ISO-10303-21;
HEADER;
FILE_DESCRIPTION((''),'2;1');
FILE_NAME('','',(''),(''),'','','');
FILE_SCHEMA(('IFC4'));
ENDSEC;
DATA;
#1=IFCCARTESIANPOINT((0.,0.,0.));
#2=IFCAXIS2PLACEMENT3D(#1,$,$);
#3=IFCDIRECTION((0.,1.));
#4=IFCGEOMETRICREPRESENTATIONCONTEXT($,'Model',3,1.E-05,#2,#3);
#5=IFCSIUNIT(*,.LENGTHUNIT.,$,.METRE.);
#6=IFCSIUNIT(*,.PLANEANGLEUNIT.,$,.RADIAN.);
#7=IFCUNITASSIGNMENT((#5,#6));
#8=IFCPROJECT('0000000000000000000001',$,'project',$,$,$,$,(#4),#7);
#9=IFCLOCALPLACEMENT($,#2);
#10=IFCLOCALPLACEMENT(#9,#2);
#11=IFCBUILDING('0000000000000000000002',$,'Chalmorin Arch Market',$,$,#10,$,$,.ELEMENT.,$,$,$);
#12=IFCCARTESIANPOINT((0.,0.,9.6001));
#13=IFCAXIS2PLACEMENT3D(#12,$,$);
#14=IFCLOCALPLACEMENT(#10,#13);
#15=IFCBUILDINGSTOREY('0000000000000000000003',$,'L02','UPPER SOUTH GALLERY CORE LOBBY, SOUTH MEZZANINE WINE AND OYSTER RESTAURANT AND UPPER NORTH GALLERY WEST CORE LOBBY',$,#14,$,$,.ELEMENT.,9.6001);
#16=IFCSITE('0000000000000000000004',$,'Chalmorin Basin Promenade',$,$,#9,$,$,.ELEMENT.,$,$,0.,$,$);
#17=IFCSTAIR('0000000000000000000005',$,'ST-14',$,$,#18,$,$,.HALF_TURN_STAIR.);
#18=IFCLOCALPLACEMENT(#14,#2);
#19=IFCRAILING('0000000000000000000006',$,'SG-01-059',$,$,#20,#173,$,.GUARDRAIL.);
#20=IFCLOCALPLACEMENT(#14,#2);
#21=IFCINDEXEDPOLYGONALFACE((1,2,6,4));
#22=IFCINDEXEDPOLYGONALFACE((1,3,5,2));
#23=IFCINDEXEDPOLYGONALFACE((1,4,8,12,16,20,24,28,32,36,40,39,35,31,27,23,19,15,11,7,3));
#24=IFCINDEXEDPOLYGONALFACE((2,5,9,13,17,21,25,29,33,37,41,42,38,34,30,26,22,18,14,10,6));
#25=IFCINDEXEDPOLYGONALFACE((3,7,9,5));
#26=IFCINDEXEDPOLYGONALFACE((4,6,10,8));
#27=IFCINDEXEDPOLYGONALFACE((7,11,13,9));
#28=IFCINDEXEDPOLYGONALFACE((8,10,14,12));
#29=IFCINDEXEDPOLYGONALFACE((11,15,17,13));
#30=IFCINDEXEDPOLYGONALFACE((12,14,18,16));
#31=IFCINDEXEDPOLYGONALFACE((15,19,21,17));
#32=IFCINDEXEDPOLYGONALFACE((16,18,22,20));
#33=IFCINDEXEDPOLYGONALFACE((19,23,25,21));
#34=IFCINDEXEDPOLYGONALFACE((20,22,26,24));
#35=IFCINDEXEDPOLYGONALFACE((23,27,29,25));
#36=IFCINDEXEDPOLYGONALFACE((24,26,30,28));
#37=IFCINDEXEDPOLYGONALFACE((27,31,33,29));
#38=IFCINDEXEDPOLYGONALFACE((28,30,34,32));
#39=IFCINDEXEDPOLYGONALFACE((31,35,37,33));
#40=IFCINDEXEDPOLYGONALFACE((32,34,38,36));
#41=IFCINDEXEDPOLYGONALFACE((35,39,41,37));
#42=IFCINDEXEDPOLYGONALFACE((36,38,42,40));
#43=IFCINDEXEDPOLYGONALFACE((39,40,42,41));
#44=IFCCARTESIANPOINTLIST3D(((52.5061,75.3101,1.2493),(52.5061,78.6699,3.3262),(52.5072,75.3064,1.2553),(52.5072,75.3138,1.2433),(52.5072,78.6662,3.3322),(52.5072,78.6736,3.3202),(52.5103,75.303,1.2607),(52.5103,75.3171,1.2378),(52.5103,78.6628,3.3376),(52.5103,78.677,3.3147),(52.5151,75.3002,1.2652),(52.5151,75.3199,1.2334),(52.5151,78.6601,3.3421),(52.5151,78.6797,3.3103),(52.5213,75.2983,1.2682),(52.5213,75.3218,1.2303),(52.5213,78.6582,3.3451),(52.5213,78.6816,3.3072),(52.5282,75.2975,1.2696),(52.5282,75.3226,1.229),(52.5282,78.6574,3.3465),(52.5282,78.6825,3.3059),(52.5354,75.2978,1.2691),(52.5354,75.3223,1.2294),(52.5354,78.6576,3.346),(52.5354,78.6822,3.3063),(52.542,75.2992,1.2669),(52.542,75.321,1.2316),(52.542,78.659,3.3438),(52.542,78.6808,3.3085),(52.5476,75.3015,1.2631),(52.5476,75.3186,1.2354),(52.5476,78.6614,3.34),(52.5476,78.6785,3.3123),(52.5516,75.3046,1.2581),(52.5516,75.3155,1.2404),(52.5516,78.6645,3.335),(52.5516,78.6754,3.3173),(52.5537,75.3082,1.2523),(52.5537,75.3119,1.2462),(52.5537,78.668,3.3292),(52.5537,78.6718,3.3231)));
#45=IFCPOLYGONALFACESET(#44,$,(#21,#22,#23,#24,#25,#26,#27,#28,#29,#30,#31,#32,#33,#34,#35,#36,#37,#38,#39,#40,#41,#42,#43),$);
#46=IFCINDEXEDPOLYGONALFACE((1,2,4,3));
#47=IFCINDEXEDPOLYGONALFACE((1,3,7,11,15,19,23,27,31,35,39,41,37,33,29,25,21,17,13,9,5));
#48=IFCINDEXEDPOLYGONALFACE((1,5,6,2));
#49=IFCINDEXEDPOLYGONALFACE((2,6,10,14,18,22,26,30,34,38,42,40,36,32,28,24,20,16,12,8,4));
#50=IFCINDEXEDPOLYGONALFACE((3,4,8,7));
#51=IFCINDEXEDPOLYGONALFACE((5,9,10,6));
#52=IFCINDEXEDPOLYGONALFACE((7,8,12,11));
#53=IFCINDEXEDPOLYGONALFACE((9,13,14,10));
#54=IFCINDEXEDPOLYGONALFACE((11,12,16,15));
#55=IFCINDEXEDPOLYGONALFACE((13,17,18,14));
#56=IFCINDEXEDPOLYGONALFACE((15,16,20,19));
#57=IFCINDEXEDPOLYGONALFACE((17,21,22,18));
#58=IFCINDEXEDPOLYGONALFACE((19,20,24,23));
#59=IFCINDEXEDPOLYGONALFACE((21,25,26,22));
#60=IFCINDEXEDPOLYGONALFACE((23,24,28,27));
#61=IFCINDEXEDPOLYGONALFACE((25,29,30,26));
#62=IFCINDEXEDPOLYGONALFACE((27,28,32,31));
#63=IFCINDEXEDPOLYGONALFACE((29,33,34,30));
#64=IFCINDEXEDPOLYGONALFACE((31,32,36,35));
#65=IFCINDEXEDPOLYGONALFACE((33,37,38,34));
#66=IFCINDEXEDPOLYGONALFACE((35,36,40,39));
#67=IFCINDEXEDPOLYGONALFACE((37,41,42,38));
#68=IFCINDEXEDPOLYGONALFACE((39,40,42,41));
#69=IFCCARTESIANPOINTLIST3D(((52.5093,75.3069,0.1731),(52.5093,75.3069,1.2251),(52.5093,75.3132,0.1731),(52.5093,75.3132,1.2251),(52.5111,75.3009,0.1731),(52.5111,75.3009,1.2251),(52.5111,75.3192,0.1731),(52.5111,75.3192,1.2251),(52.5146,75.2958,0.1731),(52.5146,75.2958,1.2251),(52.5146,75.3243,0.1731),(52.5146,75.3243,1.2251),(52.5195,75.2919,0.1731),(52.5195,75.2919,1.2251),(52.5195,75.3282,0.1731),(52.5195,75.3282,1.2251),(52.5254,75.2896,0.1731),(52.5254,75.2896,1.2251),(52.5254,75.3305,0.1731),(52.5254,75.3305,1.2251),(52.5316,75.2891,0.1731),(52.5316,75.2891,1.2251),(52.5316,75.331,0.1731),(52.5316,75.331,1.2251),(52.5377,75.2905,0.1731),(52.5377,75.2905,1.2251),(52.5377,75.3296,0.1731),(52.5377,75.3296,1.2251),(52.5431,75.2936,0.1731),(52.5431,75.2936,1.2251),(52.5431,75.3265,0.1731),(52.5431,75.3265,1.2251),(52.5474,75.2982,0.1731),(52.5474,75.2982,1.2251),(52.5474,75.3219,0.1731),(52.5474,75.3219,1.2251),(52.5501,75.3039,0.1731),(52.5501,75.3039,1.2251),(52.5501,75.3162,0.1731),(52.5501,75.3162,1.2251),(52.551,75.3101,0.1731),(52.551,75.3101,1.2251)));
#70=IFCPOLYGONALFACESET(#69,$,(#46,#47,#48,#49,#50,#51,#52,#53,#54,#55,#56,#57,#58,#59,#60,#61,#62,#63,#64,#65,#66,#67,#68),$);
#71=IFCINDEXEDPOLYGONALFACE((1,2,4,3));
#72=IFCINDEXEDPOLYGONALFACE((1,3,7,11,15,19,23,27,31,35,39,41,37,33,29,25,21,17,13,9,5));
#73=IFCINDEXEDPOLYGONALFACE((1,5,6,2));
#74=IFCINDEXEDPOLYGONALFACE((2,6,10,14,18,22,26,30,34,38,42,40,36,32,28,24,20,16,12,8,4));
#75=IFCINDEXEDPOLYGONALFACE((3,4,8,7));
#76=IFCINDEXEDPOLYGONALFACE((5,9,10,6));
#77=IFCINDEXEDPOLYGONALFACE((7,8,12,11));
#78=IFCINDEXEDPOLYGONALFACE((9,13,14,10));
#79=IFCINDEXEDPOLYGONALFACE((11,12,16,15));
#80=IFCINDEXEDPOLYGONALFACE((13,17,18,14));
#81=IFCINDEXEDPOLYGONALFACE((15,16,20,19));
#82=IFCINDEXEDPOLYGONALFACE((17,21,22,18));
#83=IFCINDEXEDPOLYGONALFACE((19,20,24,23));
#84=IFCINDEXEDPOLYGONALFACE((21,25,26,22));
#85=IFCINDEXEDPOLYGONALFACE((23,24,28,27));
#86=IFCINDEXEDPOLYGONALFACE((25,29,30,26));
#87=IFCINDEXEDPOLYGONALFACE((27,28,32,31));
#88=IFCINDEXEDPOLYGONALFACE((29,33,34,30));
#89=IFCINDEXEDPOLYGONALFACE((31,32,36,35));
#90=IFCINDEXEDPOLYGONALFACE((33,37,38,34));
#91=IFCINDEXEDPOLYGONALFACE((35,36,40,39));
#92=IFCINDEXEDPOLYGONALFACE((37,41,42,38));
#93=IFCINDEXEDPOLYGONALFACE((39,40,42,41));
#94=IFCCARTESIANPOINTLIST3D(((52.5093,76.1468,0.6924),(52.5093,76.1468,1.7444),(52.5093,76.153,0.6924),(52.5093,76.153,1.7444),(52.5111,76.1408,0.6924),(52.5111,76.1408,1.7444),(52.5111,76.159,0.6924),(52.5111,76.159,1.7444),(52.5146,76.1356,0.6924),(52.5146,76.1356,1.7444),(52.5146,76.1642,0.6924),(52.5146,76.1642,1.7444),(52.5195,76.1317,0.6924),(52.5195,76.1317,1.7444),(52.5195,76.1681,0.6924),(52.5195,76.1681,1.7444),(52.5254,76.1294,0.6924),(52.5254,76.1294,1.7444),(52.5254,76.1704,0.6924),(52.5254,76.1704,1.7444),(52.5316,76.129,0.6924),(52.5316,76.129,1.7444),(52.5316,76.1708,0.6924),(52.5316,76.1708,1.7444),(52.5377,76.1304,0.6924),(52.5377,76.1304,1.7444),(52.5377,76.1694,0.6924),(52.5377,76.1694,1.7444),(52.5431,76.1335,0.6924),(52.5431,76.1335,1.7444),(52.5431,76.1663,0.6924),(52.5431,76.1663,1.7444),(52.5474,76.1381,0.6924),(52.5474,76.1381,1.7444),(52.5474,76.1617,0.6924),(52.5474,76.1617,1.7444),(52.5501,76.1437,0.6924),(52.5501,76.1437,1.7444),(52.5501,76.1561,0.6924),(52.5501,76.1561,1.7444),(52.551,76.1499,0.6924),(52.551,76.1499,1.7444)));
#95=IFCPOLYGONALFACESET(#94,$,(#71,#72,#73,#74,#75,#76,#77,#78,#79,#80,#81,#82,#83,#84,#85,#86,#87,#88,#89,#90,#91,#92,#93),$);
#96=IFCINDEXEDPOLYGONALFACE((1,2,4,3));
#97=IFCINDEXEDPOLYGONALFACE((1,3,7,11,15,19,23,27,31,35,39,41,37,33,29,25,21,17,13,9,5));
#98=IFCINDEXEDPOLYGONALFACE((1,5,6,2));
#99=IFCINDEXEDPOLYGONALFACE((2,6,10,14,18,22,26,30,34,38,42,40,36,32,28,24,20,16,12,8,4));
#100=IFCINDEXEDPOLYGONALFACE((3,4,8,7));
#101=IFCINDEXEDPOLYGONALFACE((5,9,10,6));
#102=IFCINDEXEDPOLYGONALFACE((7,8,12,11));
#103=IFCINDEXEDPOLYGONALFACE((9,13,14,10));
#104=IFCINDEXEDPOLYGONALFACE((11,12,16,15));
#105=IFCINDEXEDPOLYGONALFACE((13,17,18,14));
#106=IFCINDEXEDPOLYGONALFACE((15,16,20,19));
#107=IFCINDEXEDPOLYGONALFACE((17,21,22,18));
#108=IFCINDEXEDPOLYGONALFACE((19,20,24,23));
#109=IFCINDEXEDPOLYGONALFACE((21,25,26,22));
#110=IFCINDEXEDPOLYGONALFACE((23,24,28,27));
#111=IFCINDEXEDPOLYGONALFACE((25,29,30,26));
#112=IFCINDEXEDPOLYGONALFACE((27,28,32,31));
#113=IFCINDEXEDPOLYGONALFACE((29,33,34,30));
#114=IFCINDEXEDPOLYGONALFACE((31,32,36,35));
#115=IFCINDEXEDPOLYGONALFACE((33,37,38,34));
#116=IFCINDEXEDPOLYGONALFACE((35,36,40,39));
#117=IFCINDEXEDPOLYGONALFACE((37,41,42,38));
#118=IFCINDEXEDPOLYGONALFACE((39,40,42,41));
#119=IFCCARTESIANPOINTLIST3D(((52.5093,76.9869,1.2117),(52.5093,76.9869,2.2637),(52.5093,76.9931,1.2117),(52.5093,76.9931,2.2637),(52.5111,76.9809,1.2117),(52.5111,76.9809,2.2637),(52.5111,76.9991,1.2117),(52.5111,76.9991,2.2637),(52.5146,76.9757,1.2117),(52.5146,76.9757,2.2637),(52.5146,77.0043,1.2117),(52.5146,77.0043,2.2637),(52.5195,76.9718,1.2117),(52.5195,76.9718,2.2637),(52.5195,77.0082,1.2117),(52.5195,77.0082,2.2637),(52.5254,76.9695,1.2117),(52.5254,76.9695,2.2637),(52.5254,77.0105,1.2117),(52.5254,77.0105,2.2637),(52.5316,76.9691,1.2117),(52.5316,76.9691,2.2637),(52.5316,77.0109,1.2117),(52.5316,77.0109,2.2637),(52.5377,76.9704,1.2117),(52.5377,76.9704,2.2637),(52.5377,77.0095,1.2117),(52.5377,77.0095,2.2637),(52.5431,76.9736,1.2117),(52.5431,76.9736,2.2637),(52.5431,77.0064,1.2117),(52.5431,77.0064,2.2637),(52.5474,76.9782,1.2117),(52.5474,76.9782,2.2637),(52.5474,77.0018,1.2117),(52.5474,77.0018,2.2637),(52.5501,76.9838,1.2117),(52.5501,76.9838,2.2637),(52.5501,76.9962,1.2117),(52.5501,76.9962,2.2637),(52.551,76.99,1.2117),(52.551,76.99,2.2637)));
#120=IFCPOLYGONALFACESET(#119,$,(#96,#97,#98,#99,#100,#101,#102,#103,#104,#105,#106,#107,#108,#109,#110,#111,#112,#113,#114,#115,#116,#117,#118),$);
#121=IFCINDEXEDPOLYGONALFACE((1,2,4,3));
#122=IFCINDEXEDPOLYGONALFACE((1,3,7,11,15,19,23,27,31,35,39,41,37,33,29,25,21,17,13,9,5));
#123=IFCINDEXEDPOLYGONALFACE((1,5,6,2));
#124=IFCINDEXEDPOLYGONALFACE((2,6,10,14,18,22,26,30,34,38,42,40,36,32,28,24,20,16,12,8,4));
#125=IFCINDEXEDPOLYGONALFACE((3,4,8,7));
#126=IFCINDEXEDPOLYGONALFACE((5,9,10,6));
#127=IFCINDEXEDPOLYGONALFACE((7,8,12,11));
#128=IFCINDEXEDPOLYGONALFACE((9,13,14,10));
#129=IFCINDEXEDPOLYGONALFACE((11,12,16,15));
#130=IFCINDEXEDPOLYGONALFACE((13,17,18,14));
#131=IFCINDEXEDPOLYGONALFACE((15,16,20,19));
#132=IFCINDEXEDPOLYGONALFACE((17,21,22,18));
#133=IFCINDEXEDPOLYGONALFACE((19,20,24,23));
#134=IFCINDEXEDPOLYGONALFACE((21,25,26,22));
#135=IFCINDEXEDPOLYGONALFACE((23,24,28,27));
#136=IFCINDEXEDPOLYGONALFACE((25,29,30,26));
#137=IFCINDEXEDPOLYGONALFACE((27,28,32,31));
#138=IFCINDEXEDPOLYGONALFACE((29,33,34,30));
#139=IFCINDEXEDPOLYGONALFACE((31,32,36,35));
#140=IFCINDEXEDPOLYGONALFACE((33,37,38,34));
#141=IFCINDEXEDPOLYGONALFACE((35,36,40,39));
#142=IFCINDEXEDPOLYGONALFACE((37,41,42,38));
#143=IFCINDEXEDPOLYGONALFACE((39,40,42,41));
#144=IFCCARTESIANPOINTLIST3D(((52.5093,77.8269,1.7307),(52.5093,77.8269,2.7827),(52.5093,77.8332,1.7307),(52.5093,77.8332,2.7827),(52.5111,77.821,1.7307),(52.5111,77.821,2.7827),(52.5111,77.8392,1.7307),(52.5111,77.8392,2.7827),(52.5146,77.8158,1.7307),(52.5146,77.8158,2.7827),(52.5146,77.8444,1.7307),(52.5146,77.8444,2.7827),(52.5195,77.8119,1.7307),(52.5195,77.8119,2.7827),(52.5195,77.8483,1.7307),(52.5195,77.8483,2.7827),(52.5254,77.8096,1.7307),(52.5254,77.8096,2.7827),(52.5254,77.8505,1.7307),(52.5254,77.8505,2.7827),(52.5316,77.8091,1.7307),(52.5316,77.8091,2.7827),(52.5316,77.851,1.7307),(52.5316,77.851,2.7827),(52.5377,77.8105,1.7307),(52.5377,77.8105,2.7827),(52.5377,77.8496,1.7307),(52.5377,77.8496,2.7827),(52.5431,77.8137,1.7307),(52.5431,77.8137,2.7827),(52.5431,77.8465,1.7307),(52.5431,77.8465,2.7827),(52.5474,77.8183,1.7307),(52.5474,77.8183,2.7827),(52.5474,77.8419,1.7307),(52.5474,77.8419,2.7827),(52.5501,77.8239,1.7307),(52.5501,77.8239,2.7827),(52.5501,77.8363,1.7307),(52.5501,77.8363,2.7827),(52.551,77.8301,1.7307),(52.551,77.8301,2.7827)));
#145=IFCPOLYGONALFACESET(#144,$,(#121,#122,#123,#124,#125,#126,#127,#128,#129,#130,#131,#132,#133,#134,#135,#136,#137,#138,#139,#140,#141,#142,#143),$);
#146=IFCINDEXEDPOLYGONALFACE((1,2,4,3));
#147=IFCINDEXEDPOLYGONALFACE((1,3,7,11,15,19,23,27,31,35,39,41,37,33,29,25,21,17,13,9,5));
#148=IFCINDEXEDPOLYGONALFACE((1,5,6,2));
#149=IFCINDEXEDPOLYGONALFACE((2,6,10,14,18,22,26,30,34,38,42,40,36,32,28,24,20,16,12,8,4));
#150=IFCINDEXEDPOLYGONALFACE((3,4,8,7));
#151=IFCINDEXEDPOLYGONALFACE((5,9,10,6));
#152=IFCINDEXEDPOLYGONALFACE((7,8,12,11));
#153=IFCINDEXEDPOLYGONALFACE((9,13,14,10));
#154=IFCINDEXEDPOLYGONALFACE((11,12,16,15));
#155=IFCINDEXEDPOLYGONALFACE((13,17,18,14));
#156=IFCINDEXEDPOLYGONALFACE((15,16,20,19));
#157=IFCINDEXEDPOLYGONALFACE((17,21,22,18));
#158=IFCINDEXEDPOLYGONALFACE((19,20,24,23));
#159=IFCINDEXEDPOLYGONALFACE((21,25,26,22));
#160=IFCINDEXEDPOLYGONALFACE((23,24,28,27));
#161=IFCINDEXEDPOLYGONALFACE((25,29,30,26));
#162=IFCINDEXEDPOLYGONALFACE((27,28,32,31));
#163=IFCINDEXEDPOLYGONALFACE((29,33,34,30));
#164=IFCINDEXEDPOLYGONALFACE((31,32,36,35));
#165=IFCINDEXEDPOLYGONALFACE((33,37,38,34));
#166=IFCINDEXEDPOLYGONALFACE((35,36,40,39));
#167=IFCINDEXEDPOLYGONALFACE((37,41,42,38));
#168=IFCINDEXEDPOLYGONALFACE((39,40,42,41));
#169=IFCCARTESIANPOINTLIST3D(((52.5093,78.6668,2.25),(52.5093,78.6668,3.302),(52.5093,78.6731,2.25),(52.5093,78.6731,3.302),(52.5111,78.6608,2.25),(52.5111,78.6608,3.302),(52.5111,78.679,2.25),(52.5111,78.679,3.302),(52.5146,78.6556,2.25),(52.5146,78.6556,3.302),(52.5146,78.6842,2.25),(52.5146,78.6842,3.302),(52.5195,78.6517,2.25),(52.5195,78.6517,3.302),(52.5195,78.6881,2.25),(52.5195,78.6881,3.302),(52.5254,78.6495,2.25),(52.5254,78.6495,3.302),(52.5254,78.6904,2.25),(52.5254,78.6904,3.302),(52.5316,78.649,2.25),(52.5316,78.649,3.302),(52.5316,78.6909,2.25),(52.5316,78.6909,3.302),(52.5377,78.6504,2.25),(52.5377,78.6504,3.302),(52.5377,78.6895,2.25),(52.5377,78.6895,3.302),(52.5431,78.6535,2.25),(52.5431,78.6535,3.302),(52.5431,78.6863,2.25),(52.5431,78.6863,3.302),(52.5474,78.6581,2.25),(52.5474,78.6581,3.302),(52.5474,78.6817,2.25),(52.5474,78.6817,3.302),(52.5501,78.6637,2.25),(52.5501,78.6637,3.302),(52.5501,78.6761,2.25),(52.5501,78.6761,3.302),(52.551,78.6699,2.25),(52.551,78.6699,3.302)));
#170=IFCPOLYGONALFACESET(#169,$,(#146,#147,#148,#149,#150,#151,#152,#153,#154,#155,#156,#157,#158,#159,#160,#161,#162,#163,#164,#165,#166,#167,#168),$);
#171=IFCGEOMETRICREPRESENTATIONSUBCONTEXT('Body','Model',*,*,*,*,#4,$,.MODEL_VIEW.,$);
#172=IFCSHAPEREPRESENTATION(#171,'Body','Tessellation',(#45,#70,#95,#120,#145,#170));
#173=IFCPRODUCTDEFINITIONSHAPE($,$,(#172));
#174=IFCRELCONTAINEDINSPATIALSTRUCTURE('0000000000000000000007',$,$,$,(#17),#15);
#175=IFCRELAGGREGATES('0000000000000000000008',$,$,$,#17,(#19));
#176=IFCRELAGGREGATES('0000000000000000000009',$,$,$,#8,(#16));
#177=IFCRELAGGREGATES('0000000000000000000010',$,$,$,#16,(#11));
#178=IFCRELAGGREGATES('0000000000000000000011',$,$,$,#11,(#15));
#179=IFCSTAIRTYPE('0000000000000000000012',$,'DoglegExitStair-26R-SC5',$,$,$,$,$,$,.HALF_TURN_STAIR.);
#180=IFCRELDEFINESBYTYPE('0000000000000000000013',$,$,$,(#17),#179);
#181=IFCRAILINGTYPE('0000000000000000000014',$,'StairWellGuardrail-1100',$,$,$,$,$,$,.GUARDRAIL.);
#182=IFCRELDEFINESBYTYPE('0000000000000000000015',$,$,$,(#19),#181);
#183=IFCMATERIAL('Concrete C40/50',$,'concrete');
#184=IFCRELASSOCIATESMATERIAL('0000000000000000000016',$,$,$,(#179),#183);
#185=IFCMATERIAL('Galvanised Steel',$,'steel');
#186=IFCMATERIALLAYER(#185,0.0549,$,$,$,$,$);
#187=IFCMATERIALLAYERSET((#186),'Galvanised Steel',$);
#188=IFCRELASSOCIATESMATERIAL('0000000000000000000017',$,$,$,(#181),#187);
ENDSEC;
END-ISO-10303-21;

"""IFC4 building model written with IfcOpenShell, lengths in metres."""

from ifc_helpers import new_model, si_unit, direction, frame, origin, origin_2d, place, context, subcontext, project, spatial, circle, extrude, material, layer, layer_set, type_object, element, aggregate, save


model = new_model("IFC4")

# Units and contexts
model_context = context("Model", 3, precision=1e-05, world=origin(), true_north=direction((0.0, 1.0)))
body_context = subcontext(model_context, "Body", "Model", "MODEL_VIEW")
ifc_project = project(units=[si_unit("LENGTHUNIT", "METRE"), si_unit("PLANEANGLEUNIT", "RADIAN")], contexts=[model_context])

# Site, building, storey
site_placement = place(None, origin())
site = spatial("IfcSite", under=ifc_project, at=site_placement, Name="Chalmorin Basin Promenade", CompositionType="ELEMENT", RefElevation=0.0)
building_placement = place(site_placement, origin())
building = spatial("IfcBuilding", under=site, at=building_placement, Name="Chalmorin Arch Market", CompositionType="ELEMENT")
storey_placement = place(building_placement, frame((0.0, 0.0, 9.6001)))
storey = spatial("IfcBuildingStorey", under=building, at=storey_placement, Name="L02", Description="UPPER SOUTH GALLERY CORE LOBBY, SOUTH MEZZANINE WINE AND OYSTER RESTAURANT AND UPPER NORTH GALLERY WEST CORE LOBBY", CompositionType="ELEMENT", Elevation=9.6001)

# Shared definitions
ifc_material_1 = material(Name="Concrete C40/50", Category="concrete")

# Shared definitions
ifc_material_2 = material(Name="Galvanised Steel", Category="steel")

# Stair, railing
stair_type = type_object("IfcStairType", Name="DoglegExitStair-26R-SC5", PredefinedType="HALF_TURN_STAIR", material=ifc_material_1)
stair_placement = place(storey_placement, origin())
stair = element("IfcStair", 1, at=stair_placement, inside=storey, type_object=stair_type, Name="ST-14", PredefinedType="HALF_TURN_STAIR")
ifc_layer_1 = layer(ifc_material_2, 0.0549)
ifc_layer_set_1 = layer_set([ifc_layer_1], Name="Galvanised Steel")
railing_type_1 = type_object("IfcRailingType", Name="StairWellGuardrail-1100", PredefinedType="GUARDRAIL", material=ifc_layer_set_1)
railing_1_placement = place(storey_placement, frame((52.53, 75.3101, 0.1731)))
railing_1 = element("IfcRailing", 2, at=railing_1_placement, type_object=railing_type_1, Name="SG-01-059", PredefinedType="GUARDRAIL", context=body_context, shape_type="SweptSolid", body=[
    extrude(circle(Radius=0.0239, at=origin_2d()), frame((0.0, 0.0, 1.0762), z_axis=(0.0, 0.850606, 0.525803), x_axis=(-1.0, 0.0, 0.0)), (0.0, 0.0, 1.0), 3.95),
    extrude(circle(Radius=0.021, at=origin_2d()), origin(), (0.0, 0.0, 1.0), 1.052),
    extrude(circle(Radius=0.021, at=origin_2d()), frame((0.0, 0.8398, 0.5193)), (0.0, 0.0, 1.0), 1.052),
    extrude(circle(Radius=0.021, at=origin_2d()), frame((0.0, 1.6799, 1.0386)), (0.0, 0.0, 1.0), 1.052),
    extrude(circle(Radius=0.021, at=origin_2d()), frame((0.0, 2.52, 1.5576)), (0.0, 0.0, 1.0), 1.052),
    extrude(circle(Radius=0.021, at=origin_2d()), frame((0.0, 3.3599, 2.0769)), (0.0, 0.0, 1.0), 1.052),
])
aggregate(stair, [railing_1])

save(model, "model.ifc")
